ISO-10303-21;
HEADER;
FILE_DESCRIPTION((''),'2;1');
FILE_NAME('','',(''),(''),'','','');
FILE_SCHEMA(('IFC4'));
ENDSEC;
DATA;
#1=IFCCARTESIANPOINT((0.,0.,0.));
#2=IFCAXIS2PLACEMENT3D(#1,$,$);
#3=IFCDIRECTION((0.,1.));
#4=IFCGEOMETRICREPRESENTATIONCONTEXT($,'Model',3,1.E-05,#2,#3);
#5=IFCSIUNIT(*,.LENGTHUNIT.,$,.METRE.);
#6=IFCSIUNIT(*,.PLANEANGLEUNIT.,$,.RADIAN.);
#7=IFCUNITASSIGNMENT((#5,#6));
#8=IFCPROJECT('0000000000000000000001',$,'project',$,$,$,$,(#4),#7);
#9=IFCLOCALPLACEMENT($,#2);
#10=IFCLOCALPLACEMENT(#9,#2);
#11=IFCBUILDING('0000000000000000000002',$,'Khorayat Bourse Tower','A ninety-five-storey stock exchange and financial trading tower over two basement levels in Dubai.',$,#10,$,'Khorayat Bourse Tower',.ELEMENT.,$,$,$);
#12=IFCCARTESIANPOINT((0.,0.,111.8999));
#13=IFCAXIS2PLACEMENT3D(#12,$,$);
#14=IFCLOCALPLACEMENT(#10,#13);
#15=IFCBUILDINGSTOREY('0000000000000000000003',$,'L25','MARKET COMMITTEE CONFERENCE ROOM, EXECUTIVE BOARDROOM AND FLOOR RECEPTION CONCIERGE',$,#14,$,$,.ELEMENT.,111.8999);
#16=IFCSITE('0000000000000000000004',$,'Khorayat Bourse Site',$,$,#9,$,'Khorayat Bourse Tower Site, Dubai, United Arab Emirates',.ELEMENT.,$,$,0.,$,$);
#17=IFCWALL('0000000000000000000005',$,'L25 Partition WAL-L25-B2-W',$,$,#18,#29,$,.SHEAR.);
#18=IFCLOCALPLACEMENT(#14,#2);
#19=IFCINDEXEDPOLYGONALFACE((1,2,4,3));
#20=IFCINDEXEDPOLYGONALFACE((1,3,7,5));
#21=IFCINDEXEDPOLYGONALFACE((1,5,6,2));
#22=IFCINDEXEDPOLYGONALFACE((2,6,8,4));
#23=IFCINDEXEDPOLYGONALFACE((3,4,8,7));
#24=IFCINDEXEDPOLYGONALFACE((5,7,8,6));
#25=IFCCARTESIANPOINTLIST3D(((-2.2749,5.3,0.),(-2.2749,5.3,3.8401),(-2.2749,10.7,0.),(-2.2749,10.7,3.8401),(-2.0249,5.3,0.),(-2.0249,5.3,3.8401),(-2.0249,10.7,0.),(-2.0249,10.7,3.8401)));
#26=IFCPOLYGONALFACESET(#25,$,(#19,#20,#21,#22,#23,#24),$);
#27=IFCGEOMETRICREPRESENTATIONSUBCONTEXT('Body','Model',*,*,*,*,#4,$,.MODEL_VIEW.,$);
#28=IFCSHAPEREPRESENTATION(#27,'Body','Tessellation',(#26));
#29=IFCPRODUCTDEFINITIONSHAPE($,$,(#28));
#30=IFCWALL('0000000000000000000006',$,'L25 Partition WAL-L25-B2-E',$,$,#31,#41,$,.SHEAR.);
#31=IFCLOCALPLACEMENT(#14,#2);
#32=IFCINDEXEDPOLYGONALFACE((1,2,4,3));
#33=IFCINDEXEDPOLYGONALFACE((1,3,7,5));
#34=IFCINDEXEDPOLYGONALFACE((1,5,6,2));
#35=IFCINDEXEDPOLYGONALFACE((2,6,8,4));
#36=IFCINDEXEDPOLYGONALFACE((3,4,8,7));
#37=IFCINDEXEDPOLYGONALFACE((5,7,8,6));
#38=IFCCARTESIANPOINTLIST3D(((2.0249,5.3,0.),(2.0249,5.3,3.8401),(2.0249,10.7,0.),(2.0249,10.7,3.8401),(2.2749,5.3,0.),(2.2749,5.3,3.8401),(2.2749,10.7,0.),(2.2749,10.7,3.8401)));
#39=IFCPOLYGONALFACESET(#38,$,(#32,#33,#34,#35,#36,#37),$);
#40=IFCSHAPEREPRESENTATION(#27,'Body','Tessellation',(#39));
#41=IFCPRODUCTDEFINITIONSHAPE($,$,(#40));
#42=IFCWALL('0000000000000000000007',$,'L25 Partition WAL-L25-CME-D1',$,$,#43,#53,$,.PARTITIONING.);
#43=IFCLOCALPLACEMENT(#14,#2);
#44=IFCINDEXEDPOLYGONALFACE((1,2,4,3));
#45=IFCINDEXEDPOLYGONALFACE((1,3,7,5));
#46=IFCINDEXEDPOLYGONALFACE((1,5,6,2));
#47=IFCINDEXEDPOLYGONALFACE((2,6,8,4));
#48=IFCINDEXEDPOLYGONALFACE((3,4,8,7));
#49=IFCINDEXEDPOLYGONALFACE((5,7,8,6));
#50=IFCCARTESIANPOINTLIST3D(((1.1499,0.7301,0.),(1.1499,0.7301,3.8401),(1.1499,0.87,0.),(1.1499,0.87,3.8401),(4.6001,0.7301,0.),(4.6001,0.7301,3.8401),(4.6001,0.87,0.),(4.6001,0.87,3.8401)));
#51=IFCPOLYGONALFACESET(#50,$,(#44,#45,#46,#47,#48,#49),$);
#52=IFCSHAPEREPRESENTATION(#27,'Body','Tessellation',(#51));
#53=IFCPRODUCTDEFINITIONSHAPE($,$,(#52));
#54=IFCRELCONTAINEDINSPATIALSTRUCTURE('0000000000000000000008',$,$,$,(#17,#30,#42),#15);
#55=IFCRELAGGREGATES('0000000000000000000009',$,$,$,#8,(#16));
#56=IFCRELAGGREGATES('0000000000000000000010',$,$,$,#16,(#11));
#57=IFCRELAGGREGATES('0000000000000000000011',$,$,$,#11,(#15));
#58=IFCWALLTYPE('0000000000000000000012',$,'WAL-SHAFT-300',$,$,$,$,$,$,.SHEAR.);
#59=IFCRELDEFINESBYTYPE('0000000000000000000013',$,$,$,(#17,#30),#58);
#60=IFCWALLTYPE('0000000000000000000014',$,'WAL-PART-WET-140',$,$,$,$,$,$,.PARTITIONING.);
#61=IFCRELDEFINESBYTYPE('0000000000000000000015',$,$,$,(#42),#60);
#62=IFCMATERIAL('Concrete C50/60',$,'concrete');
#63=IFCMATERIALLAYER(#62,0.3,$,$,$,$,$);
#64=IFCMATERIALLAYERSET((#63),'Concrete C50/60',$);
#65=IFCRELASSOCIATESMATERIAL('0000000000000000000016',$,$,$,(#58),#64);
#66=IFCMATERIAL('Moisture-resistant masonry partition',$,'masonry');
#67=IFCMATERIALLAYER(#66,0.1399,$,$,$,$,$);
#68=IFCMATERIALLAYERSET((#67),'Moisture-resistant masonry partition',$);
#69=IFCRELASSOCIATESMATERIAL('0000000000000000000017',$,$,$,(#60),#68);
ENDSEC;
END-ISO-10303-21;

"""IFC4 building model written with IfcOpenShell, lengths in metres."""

from ifc_helpers import new_model, si_unit, direction, frame, frame_2d, origin, place, context, subcontext, project, spatial, rectangle, extrude, source, transform, mapped, material, layer, layer_set, type_object, element, save


model = new_model("IFC4")

# Units and contexts
model_context = context("Model", 3, precision=1e-05, world=origin(), true_north=direction((0.0, 1.0)))
body_context = subcontext(model_context, "Body", "Model", "MODEL_VIEW")
ifc_project = project(units=[si_unit("LENGTHUNIT", "METRE"), si_unit("PLANEANGLEUNIT", "RADIAN")], contexts=[model_context])

# Site, building, storey
site_placement = place(None, origin())
site = spatial("IfcSite", under=ifc_project, at=site_placement, Name="Khorayat Bourse Site", LongName="Khorayat Bourse Tower Site, Dubai, United Arab Emirates", CompositionType="ELEMENT", RefElevation=0.0)
building_placement = place(site_placement, origin())
building = spatial("IfcBuilding", under=site, at=building_placement, Name="Khorayat Bourse Tower", Description="A ninety-five-storey stock exchange and financial trading tower over two basement levels in Dubai.", LongName="Khorayat Bourse Tower", CompositionType="ELEMENT")
storey_placement = place(building_placement, frame((0.0, 0.0, 111.8999)))
storey = spatial("IfcBuildingStorey", under=building, at=storey_placement, Name="L25", Description="MARKET COMMITTEE CONFERENCE ROOM, EXECUTIVE BOARDROOM AND FLOOR RECEPTION CONCIERGE", CompositionType="ELEMENT", Elevation=111.8999)

# Shared definitions
ifc_material_1 = material(Name="Concrete C50/60", Category="concrete")
ifc_layer_1 = layer(ifc_material_1, 0.3)
ifc_layer_set_1 = layer_set([ifc_layer_1], Name="Concrete C50/60")
wall_type_1 = type_object("IfcWallType", Name="WAL-SHAFT-300", PredefinedType="SHEAR", material=ifc_layer_set_1)
ifc_material_2 = material(Name="Moisture-resistant masonry partition", Category="masonry")
ifc_layer_2 = layer(ifc_material_2, 0.1399)
ifc_layer_set_2 = layer_set([ifc_layer_2], Name="Moisture-resistant masonry partition")
wall_type_2 = type_object("IfcWallType", Name="WAL-PART-WET-140", PredefinedType="PARTITIONING", material=ifc_layer_set_2)

# Walls
shared_shape_1 = source(origin(), body_context, "Body", "SweptSolid", [
    extrude(rectangle(XDim=5.3999, YDim=0.25, at=frame_2d((2.7, 0.0))), origin(), (0.0, 0.0, 1.0), 3.8401),
])
for number, where, z_axis, x_axis, name in (
    (1, (-2.1499, 5.3, 0.0), (0.0, 0.0, 1.0), (0.0, 1.0, 0.0), "L25 Partition WAL-L25-B2-W"),
    (2, (2.1499, 5.3, 0.0), (0.0, 0.0, 1.0), (0.0, 1.0, 0.0), "L25 Partition WAL-L25-B2-E"),
):
    element("IfcWall", number, at=place(storey_placement, frame(where, z_axis=z_axis, x_axis=x_axis)), inside=storey, type_object=wall_type_1, Name=name, PredefinedType="SHEAR", context=body_context, shape_type="MappedRepresentation", body=[
        mapped(shared_shape_1, transform((0.0, 0.0, 0.0), scale=1.0)),
    ])
shared_shape_2 = source(origin(), body_context, "Body", "SweptSolid", [
    extrude(rectangle(XDim=3.4502, YDim=0.1399, at=frame_2d((1.7251, 0.0))), origin(), (0.0, 0.0, 1.0), 3.8401),
])
wall_1_placement = place(storey_placement, frame((1.1499, 0.8, 0.0), z_axis=(0.0, 0.0, 1.0), x_axis=(1.0, 0.0, 0.0)))
element("IfcWall", 3, at=wall_1_placement, inside=storey, type_object=wall_type_2, Name="L25 Partition WAL-L25-CME-D1", PredefinedType="PARTITIONING", context=body_context, shape_type="MappedRepresentation", body=[
    mapped(shared_shape_2, transform((0.0, 0.0, 0.0), scale=1.0)),
])

save(model, "model.ifc")
